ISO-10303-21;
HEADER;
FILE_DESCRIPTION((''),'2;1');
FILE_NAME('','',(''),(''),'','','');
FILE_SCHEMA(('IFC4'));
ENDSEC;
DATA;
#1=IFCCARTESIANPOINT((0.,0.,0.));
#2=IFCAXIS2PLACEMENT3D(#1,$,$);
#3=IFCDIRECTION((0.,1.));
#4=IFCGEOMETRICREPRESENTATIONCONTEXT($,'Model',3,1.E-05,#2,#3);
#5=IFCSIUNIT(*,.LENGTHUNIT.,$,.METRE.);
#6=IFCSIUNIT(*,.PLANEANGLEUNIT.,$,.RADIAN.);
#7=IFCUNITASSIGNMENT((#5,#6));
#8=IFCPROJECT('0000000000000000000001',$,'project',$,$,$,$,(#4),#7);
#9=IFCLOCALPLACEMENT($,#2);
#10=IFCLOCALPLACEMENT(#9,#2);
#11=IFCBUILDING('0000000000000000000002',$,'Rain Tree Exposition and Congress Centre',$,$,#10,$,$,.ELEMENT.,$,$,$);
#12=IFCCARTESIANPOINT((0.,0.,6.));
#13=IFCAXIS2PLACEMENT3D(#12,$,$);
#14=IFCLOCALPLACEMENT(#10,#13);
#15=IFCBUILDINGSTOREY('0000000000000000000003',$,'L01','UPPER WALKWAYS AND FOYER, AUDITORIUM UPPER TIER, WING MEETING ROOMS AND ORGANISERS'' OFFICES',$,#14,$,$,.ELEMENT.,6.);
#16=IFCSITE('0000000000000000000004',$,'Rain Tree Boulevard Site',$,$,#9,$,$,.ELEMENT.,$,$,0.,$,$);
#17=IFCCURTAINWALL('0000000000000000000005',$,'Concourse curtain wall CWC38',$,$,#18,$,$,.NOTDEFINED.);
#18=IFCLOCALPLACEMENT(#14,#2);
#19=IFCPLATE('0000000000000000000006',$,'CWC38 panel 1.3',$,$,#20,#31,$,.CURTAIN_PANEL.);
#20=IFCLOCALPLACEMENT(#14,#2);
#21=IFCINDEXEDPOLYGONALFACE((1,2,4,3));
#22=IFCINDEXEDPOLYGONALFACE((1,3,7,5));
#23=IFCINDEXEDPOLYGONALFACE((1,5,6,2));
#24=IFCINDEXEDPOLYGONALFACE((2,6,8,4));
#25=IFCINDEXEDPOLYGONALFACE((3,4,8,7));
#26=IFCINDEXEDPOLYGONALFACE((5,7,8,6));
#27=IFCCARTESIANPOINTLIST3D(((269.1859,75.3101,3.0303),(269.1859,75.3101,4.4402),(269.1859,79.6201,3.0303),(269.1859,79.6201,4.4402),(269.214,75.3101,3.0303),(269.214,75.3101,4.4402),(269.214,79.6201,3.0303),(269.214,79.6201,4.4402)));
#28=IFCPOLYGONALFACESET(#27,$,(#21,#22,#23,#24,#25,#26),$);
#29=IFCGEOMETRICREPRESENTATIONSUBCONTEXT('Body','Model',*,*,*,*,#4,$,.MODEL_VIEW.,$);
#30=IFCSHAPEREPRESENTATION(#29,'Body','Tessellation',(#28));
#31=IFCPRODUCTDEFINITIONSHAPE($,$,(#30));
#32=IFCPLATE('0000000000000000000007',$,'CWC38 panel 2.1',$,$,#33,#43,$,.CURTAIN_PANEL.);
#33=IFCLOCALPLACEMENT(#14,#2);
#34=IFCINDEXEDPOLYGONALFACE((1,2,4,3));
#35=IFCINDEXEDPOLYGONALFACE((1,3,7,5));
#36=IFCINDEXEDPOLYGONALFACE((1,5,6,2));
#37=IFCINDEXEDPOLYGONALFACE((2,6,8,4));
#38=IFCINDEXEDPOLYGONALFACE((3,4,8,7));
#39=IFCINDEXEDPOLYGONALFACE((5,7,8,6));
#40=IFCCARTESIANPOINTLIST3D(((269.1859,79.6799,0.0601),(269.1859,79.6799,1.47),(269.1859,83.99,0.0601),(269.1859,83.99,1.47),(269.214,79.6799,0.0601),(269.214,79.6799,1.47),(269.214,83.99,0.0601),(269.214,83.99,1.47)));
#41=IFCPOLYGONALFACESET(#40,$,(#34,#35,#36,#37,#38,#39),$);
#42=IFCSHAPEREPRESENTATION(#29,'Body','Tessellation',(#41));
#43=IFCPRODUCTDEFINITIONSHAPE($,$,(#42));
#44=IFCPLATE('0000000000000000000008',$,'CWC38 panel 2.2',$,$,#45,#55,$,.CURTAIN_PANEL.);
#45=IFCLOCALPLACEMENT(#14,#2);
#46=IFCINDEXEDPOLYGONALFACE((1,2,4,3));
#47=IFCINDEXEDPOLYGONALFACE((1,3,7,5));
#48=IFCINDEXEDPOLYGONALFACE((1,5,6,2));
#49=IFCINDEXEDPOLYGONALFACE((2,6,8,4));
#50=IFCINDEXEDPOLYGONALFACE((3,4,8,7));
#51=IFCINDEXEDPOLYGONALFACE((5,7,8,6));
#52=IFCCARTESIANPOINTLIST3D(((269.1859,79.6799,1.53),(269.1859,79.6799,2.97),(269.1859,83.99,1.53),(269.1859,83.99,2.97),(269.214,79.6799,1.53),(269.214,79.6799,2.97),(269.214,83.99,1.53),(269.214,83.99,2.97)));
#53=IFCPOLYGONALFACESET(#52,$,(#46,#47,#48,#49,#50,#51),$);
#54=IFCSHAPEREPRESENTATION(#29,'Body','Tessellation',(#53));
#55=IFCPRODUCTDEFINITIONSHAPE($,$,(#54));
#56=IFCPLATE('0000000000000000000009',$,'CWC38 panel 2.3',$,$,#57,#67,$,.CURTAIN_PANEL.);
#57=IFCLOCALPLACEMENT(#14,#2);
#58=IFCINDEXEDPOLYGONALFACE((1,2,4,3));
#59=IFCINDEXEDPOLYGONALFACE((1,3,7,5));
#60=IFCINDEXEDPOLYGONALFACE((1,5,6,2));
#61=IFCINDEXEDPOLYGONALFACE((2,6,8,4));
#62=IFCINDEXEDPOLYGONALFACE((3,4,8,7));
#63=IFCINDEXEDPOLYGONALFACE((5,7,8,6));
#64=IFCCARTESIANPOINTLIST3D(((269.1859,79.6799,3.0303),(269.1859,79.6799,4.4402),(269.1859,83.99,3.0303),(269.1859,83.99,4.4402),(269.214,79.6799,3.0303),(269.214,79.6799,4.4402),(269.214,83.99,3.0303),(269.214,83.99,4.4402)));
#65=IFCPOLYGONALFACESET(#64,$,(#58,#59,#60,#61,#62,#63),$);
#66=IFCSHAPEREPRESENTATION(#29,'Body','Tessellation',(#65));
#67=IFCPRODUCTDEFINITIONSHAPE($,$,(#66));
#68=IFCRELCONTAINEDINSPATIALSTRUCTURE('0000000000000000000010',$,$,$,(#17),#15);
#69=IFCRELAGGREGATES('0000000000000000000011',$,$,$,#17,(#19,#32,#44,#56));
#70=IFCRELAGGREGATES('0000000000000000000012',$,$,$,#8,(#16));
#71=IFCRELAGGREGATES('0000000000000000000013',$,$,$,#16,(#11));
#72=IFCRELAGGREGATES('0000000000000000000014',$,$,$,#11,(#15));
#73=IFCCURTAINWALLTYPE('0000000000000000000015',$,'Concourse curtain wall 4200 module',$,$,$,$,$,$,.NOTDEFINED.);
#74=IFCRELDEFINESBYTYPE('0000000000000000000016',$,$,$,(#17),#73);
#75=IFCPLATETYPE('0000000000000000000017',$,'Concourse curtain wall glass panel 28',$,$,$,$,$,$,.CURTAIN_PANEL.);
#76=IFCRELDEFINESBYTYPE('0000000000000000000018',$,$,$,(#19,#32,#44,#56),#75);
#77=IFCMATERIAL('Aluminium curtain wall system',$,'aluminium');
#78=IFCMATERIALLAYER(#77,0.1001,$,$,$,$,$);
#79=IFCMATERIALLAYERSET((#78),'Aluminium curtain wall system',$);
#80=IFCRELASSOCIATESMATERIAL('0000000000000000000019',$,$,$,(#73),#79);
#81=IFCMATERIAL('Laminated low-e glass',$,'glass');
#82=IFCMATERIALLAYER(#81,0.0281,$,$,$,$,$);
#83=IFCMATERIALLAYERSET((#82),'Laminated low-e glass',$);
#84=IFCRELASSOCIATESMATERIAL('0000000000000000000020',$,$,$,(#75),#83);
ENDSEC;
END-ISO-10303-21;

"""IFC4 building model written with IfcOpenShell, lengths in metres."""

from ifc_helpers import new_model, si_unit, direction, frame, origin, origin_2d, place, context, subcontext, project, spatial, rectangle, extrude, material, layer, layer_set, type_object, element, aggregate, save


model = new_model("IFC4")

# Units and contexts
model_context = context("Model", 3, precision=1e-05, world=origin(), true_north=direction((0.0, 1.0)))
body_context = subcontext(model_context, "Body", "Model", "MODEL_VIEW")
ifc_project = project(units=[si_unit("LENGTHUNIT", "METRE"), si_unit("PLANEANGLEUNIT", "RADIAN")], contexts=[model_context])

# Site, building, storey
site_placement = place(None, origin())
site = spatial("IfcSite", under=ifc_project, at=site_placement, Name="Rain Tree Boulevard Site", CompositionType="ELEMENT", RefElevation=0.0)
building_placement = place(site_placement, origin())
building = spatial("IfcBuilding", under=site, at=building_placement, Name="Rain Tree Exposition and Congress Centre", CompositionType="ELEMENT")
storey_placement = place(building_placement, frame((0.0, 0.0, 6.0)))
storey = spatial("IfcBuildingStorey", under=building, at=storey_placement, Name="L01", Description="UPPER WALKWAYS AND FOYER, AUDITORIUM UPPER TIER, WING MEETING ROOMS AND ORGANISERS' OFFICES", CompositionType="ELEMENT", Elevation=6.0)

# Curtain wall
ifc_material_1 = material(Name="Aluminium curtain wall system", Category="aluminium")
ifc_layer_1 = layer(ifc_material_1, 0.1001)
ifc_layer_set_1 = layer_set([ifc_layer_1], Name="Aluminium curtain wall system")
curtain_wall_type = type_object("IfcCurtainWallType", Name="Concourse curtain wall 4200 module", PredefinedType="NOTDEFINED", material=ifc_layer_set_1)
curtain_wall_1_placement = place(storey_placement, origin())
curtain_wall_1 = element("IfcCurtainWall", 1, at=curtain_wall_1_placement, inside=storey, type_object=curtain_wall_type, Name="Concourse curtain wall CWC38", PredefinedType="NOTDEFINED")

# Plates
ifc_material_2 = material(Name="Laminated low-e glass", Category="glass")
ifc_layer_2 = layer(ifc_material_2, 0.0281)
ifc_layer_set_2 = layer_set([ifc_layer_2], Name="Laminated low-e glass")
plate_type = type_object("IfcPlateType", Name="Concourse curtain wall glass panel 28", PredefinedType="CURTAIN_PANEL", material=ifc_layer_set_2)
plate_1_placement = place(storey_placement, frame((269.2, 77.4651, 3.0303), z_axis=(0.0, 0.0, 1.0), x_axis=(0.0, 1.0, 0.0)))
plate_1 = element("IfcPlate", 2, at=plate_1_placement, type_object=plate_type, Name="CWC38 panel 1.3", PredefinedType="CURTAIN_PANEL", context=body_context, shape_type="SweptSolid", body=[
    extrude(rectangle(XDim=4.3101, YDim=0.0281, at=origin_2d()), origin(), (0.0, 0.0, 1.0), 1.4099),
])
plate_2_placement = place(storey_placement, frame((269.2, 81.835, 0.0601), z_axis=(0.0, 0.0, 1.0), x_axis=(0.0, 1.0, 0.0)))
plate_2 = element("IfcPlate", 3, at=plate_2_placement, type_object=plate_type, Name="CWC38 panel 2.1", PredefinedType="CURTAIN_PANEL", context=body_context, shape_type="SweptSolid", body=[
    extrude(rectangle(XDim=4.3101, YDim=0.0281, at=origin_2d()), origin(), (0.0, 0.0, 1.0), 1.4099),
])
plate_3_placement = place(storey_placement, frame((269.2, 81.835, 1.53), z_axis=(0.0, 0.0, 1.0), x_axis=(0.0, 1.0, 0.0)))
plate_3 = element("IfcPlate", 4, at=plate_3_placement, type_object=plate_type, Name="CWC38 panel 2.2", PredefinedType="CURTAIN_PANEL", context=body_context, shape_type="SweptSolid", body=[
    extrude(rectangle(XDim=4.3101, YDim=0.0281, at=origin_2d()), origin(), (0.0, 0.0, 1.0), 1.4399),
])
plate_4_placement = place(storey_placement, frame((269.2, 81.835, 3.0303), z_axis=(0.0, 0.0, 1.0), x_axis=(0.0, 1.0, 0.0)))
plate_4 = element("IfcPlate", 5, at=plate_4_placement, type_object=plate_type, Name="CWC38 panel 2.3", PredefinedType="CURTAIN_PANEL", context=body_context, shape_type="SweptSolid", body=[
    extrude(rectangle(XDim=4.3101, YDim=0.0281, at=origin_2d()), origin(), (0.0, 0.0, 1.0), 1.4099),
])
aggregate(curtain_wall_1, [plate_1, plate_2, plate_3, plate_4])

save(model, "model.ifc")
